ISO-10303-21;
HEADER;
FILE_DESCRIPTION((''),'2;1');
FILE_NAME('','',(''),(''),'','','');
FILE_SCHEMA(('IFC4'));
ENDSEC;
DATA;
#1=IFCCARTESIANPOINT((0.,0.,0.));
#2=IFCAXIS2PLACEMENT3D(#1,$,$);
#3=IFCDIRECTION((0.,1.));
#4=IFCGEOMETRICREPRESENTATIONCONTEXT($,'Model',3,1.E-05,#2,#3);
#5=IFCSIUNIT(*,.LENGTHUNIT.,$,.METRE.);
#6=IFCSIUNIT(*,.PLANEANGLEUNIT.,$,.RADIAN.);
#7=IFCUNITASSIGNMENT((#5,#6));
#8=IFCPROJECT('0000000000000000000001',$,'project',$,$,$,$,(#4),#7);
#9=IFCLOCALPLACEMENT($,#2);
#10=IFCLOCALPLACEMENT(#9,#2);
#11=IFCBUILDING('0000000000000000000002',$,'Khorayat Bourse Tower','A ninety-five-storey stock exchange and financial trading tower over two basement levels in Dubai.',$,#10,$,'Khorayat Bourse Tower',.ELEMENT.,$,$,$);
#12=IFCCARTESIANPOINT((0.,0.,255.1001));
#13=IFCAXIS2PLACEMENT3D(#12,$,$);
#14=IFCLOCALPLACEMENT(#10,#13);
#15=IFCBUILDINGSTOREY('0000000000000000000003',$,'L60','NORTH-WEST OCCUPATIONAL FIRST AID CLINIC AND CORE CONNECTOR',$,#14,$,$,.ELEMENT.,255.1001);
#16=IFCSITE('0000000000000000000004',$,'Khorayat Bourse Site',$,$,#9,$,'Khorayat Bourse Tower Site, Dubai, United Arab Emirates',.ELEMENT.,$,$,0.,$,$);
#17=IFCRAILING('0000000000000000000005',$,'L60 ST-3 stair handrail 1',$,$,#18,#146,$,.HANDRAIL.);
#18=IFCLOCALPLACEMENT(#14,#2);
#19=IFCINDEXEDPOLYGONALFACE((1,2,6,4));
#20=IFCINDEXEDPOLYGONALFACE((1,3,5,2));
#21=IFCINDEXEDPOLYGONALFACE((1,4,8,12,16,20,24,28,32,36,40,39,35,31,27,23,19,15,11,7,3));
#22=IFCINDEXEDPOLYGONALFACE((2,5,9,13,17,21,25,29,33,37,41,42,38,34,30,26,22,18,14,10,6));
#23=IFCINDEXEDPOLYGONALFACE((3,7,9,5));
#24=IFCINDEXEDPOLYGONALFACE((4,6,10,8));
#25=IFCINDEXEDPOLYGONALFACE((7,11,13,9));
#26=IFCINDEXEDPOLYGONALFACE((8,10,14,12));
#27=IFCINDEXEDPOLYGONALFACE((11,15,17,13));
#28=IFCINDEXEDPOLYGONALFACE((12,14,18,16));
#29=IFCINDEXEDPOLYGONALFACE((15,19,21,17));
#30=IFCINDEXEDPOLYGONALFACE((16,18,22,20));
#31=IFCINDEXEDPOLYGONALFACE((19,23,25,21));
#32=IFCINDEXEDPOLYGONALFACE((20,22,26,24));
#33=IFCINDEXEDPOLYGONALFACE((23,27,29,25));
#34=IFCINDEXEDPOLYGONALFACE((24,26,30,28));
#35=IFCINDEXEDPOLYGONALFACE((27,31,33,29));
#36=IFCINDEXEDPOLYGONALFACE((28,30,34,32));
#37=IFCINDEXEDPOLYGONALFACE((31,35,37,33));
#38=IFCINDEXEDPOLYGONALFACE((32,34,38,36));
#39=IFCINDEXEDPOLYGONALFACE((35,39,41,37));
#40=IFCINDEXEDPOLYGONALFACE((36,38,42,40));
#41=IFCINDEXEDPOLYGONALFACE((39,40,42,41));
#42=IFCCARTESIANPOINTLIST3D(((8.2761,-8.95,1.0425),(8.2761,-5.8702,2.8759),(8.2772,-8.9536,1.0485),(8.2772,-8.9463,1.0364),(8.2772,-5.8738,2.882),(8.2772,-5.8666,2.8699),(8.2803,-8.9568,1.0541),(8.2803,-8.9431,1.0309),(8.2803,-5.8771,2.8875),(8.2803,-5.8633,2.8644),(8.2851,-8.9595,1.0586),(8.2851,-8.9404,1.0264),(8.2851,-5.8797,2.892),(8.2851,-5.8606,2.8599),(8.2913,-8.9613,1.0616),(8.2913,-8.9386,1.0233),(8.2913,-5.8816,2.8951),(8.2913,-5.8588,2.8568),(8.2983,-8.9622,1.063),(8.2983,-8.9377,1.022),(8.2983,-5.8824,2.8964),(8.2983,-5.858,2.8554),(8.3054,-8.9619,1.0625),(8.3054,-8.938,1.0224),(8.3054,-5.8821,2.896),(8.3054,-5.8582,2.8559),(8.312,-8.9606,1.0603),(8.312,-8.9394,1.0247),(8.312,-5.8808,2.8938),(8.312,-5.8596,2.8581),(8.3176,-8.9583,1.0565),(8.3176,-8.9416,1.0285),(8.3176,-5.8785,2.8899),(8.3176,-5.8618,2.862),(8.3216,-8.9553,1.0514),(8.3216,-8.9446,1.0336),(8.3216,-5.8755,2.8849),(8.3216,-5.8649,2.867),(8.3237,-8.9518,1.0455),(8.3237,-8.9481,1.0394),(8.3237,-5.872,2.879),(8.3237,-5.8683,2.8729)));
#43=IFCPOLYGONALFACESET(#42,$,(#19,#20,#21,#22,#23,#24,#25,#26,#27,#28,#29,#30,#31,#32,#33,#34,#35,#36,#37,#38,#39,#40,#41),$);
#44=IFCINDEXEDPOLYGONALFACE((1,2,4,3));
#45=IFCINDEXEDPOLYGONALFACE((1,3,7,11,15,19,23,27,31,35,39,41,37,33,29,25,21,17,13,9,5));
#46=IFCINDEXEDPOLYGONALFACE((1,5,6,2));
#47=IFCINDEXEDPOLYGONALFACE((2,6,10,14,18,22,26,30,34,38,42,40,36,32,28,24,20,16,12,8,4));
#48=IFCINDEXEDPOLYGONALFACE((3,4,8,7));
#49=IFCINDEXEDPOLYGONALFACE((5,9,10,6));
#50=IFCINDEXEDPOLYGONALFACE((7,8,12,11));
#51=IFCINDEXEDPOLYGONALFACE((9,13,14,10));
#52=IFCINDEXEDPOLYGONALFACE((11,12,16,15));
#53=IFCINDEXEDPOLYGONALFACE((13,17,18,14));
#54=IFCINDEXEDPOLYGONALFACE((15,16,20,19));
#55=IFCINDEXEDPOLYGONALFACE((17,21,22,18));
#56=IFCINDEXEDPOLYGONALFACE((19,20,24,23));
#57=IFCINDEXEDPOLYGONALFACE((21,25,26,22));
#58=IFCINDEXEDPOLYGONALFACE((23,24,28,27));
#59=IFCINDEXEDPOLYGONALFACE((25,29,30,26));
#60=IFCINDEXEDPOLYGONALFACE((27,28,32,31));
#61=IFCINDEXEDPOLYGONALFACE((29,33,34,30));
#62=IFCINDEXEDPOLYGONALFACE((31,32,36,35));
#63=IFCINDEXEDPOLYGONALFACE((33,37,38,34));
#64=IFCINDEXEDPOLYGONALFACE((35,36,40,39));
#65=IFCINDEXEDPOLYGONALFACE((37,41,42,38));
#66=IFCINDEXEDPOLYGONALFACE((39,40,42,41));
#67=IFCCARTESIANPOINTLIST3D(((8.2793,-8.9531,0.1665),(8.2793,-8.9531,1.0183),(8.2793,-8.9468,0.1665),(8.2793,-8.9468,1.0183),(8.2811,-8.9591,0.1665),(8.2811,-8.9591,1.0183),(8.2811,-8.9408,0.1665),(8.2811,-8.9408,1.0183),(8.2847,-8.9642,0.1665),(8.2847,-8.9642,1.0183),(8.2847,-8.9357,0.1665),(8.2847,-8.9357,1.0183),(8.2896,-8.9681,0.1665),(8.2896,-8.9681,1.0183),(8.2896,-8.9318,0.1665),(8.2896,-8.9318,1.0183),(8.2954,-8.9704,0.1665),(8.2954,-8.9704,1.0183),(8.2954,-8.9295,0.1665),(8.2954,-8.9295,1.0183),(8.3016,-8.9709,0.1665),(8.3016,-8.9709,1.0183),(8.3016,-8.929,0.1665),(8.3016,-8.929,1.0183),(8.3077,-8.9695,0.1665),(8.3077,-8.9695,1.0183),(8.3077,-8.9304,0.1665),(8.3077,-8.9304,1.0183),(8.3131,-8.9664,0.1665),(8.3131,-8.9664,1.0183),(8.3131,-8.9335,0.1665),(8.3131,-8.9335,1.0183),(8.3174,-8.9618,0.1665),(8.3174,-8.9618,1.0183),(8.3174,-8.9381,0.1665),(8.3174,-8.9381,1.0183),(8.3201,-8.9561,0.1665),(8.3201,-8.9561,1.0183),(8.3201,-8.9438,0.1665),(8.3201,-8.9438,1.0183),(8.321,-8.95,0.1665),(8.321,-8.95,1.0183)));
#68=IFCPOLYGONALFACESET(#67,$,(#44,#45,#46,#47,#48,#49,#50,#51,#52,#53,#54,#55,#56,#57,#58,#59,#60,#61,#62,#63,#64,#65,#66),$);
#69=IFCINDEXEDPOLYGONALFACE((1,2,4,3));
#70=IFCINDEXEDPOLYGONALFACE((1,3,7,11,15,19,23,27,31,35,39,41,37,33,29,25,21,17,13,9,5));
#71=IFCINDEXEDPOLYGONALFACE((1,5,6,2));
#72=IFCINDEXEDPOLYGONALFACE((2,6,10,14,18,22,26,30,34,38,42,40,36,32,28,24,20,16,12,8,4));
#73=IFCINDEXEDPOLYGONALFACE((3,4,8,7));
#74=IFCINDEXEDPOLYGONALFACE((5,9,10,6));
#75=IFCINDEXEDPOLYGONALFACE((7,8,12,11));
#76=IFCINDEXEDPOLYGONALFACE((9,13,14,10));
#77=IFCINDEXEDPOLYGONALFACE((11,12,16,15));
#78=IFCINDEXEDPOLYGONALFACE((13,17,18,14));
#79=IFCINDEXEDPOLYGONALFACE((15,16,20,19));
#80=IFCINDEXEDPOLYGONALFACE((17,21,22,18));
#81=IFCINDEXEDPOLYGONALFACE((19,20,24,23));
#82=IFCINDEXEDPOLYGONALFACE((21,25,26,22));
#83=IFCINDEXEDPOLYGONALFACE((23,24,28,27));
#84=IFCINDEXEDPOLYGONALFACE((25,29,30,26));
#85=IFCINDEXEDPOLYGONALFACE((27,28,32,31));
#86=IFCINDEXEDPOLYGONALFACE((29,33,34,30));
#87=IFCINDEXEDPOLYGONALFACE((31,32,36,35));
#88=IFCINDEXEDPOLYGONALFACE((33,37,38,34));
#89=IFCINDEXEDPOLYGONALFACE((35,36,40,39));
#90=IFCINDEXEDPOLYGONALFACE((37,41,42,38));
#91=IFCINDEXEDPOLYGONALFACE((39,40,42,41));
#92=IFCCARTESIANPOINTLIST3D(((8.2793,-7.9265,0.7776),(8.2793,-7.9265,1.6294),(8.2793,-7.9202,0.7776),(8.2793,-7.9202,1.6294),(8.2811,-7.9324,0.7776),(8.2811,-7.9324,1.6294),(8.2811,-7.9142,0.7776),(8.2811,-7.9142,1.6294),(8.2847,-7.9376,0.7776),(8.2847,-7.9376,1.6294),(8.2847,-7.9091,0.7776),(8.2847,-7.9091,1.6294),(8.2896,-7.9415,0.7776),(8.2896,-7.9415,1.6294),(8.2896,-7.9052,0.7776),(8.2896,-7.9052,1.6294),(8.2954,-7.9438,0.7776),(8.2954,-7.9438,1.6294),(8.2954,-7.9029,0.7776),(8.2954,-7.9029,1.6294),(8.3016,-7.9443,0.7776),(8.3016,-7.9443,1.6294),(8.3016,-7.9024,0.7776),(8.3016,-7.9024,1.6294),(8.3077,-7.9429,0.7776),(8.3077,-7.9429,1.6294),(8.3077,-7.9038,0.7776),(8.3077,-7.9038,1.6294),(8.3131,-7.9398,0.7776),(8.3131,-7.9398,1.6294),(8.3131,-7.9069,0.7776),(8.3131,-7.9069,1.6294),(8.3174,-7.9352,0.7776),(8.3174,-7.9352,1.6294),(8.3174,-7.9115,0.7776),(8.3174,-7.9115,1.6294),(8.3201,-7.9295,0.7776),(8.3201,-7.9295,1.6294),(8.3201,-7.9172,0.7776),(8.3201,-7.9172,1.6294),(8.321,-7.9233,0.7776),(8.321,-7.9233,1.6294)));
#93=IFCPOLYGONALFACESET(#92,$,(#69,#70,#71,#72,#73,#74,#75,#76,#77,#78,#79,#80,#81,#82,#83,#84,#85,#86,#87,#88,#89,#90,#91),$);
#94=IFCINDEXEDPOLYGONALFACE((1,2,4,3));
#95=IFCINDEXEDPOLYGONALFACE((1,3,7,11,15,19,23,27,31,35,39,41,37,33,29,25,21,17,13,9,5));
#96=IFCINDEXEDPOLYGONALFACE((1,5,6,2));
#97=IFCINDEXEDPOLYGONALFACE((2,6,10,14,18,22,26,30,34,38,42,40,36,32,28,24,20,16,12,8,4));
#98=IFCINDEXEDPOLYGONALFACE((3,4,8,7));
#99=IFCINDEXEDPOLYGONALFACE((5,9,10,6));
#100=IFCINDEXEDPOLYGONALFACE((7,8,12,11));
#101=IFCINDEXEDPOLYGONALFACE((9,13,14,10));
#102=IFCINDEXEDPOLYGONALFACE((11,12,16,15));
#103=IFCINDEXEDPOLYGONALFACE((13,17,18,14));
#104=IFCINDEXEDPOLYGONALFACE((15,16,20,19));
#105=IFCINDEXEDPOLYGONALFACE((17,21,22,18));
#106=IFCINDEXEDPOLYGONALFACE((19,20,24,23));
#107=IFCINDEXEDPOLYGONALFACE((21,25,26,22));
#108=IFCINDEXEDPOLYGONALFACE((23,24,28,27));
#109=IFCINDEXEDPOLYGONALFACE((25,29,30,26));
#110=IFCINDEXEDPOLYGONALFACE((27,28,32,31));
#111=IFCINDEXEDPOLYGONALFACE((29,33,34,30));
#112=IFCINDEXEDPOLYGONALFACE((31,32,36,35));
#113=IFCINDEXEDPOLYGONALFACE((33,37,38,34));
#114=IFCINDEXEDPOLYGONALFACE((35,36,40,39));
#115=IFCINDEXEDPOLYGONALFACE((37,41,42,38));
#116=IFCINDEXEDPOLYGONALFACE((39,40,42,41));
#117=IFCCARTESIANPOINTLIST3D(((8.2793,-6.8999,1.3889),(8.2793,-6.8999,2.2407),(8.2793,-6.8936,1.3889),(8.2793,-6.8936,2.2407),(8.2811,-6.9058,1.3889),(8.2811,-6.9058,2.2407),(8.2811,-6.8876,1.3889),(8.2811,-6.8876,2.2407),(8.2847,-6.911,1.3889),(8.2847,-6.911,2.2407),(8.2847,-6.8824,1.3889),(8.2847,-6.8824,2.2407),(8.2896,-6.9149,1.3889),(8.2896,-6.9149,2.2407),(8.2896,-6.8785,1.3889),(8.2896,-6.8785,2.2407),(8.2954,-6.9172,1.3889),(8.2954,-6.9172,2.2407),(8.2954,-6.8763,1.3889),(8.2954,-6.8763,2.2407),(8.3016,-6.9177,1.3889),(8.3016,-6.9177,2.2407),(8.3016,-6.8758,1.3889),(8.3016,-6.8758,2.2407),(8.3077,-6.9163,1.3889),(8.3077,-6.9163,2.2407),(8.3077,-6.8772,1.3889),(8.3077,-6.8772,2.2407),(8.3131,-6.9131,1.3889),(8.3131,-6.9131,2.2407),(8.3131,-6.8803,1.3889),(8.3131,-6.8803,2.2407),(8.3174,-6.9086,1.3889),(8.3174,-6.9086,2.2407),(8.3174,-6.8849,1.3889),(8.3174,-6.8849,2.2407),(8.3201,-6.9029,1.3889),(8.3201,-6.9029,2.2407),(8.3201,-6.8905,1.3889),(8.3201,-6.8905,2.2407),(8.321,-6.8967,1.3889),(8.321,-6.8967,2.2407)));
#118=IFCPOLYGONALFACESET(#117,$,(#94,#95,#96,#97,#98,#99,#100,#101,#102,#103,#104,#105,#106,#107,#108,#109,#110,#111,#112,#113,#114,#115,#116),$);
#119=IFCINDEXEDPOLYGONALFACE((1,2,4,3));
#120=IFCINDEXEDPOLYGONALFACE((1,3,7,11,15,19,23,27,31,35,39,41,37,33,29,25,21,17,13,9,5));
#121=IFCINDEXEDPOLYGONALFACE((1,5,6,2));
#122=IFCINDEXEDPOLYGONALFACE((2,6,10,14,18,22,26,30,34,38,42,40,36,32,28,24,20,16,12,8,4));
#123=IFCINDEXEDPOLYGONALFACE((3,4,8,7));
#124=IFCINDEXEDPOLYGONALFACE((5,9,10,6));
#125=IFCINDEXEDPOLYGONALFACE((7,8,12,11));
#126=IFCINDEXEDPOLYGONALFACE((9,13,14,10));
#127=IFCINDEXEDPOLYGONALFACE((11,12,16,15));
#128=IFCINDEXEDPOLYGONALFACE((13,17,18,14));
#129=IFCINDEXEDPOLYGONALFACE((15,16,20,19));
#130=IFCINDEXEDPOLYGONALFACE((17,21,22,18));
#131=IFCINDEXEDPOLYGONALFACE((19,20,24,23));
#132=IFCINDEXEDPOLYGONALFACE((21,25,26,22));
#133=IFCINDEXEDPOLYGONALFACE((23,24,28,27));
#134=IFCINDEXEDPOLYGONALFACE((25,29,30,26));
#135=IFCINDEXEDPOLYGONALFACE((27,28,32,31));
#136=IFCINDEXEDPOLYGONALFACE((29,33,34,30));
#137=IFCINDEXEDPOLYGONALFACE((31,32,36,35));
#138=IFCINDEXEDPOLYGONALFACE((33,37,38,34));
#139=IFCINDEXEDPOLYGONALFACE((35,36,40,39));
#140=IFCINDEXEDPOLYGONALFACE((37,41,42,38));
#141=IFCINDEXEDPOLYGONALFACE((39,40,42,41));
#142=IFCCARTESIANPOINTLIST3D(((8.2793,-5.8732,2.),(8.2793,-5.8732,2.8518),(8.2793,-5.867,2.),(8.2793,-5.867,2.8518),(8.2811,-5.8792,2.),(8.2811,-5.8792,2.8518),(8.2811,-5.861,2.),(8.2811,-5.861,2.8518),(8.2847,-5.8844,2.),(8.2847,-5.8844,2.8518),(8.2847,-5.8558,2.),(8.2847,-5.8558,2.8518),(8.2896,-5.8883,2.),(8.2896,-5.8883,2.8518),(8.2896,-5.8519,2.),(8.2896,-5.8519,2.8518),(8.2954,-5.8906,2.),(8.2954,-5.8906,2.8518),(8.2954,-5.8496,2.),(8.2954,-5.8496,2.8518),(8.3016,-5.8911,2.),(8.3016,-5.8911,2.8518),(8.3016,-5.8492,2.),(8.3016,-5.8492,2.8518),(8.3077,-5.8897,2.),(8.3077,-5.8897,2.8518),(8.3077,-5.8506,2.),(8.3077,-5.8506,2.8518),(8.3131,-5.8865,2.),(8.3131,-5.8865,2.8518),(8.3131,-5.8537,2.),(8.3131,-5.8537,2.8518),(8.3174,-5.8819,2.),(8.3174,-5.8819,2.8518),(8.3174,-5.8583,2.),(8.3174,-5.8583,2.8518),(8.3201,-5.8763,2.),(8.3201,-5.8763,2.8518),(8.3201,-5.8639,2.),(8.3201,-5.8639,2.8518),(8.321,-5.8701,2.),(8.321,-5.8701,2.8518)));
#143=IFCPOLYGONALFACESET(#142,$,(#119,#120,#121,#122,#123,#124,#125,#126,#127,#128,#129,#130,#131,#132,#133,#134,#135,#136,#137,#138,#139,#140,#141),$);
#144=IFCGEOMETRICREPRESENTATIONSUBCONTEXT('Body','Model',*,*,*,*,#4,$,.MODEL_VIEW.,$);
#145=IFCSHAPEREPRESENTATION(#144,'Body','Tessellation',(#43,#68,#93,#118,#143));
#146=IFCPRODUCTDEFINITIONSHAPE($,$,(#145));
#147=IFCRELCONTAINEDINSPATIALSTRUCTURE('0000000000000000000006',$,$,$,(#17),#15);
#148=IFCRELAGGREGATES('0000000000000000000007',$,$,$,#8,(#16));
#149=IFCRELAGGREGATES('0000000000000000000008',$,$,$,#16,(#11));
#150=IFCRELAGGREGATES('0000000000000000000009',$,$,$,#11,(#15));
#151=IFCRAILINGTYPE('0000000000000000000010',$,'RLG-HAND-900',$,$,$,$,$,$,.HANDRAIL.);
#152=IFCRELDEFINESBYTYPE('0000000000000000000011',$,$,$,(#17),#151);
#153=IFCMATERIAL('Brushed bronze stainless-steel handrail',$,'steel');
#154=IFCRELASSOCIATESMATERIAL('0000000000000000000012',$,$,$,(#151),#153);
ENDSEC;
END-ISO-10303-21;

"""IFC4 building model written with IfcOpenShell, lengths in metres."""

from ifc_helpers import new_model, si_unit, direction, frame, origin, origin_2d, place, context, subcontext, project, spatial, circle, extrude, source, transform, mapped, material, type_object, element, save


model = new_model("IFC4")

# Units and contexts
model_context = context("Model", 3, precision=1e-05, world=origin(), true_north=direction((0.0, 1.0)))
body_context = subcontext(model_context, "Body", "Model", "MODEL_VIEW")
ifc_project = project(units=[si_unit("LENGTHUNIT", "METRE"), si_unit("PLANEANGLEUNIT", "RADIAN")], contexts=[model_context])

# Site, building, storey
site_placement = place(None, origin())
site = spatial("IfcSite", under=ifc_project, at=site_placement, Name="Khorayat Bourse Site", LongName="Khorayat Bourse Tower Site, Dubai, United Arab Emirates", CompositionType="ELEMENT", RefElevation=0.0)
building_placement = place(site_placement, origin())
building = spatial("IfcBuilding", under=site, at=building_placement, Name="Khorayat Bourse Tower", Description="A ninety-five-storey stock exchange and financial trading tower over two basement levels in Dubai.", LongName="Khorayat Bourse Tower", CompositionType="ELEMENT")
storey_placement = place(building_placement, frame((0.0, 0.0, 255.1001)))
storey = spatial("IfcBuildingStorey", under=building, at=storey_placement, Name="L60", Description="NORTH-WEST OCCUPATIONAL FIRST AID CLINIC AND CORE CONNECTOR", CompositionType="ELEMENT", Elevation=255.1001)

# Railing
ifc_material_1 = material(Name="Brushed bronze stainless-steel handrail", Category="steel")
railing_type_1 = type_object("IfcRailingType", Name="RLG-HAND-900", PredefinedType="HANDRAIL", material=ifc_material_1)
shared_shape_1 = source(origin(), body_context, "Body", "SweptSolid", [
    extrude(circle(Radius=0.0239, at=origin_2d()), frame((0.0, 0.0, 0.876), z_axis=(0.0, 0.859261, 0.511538), x_axis=(-1.0, 0.0, 0.0)), (0.0, 0.0, 1.0), 3.5842),
    extrude(circle(Radius=0.021, at=origin_2d()), origin(), (0.0, 0.0, 1.0), 0.8518),
    extrude(circle(Radius=0.021, at=origin_2d()), frame((0.0, 1.0266, 0.6111)), (0.0, 0.0, 1.0), 0.8518),
    extrude(circle(Radius=0.021, at=origin_2d()), frame((0.0, 2.0532, 1.2224)), (0.0, 0.0, 1.0), 0.8518),
    extrude(circle(Radius=0.021, at=origin_2d()), frame((0.0, 3.0798, 1.8335)), (0.0, 0.0, 1.0), 0.8518),
])
railing_1_placement = place(storey_placement, frame((8.3, -8.95, 0.1665)))
element("IfcRailing", 1, at=railing_1_placement, inside=storey, type_object=railing_type_1, Name="L60 ST-3 stair handrail 1", PredefinedType="HANDRAIL", context=body_context, shape_type="MappedRepresentation", body=[
    mapped(shared_shape_1, transform((0.0, 0.0, 0.0), scale=1.0)),
])

save(model, "model.ifc")
